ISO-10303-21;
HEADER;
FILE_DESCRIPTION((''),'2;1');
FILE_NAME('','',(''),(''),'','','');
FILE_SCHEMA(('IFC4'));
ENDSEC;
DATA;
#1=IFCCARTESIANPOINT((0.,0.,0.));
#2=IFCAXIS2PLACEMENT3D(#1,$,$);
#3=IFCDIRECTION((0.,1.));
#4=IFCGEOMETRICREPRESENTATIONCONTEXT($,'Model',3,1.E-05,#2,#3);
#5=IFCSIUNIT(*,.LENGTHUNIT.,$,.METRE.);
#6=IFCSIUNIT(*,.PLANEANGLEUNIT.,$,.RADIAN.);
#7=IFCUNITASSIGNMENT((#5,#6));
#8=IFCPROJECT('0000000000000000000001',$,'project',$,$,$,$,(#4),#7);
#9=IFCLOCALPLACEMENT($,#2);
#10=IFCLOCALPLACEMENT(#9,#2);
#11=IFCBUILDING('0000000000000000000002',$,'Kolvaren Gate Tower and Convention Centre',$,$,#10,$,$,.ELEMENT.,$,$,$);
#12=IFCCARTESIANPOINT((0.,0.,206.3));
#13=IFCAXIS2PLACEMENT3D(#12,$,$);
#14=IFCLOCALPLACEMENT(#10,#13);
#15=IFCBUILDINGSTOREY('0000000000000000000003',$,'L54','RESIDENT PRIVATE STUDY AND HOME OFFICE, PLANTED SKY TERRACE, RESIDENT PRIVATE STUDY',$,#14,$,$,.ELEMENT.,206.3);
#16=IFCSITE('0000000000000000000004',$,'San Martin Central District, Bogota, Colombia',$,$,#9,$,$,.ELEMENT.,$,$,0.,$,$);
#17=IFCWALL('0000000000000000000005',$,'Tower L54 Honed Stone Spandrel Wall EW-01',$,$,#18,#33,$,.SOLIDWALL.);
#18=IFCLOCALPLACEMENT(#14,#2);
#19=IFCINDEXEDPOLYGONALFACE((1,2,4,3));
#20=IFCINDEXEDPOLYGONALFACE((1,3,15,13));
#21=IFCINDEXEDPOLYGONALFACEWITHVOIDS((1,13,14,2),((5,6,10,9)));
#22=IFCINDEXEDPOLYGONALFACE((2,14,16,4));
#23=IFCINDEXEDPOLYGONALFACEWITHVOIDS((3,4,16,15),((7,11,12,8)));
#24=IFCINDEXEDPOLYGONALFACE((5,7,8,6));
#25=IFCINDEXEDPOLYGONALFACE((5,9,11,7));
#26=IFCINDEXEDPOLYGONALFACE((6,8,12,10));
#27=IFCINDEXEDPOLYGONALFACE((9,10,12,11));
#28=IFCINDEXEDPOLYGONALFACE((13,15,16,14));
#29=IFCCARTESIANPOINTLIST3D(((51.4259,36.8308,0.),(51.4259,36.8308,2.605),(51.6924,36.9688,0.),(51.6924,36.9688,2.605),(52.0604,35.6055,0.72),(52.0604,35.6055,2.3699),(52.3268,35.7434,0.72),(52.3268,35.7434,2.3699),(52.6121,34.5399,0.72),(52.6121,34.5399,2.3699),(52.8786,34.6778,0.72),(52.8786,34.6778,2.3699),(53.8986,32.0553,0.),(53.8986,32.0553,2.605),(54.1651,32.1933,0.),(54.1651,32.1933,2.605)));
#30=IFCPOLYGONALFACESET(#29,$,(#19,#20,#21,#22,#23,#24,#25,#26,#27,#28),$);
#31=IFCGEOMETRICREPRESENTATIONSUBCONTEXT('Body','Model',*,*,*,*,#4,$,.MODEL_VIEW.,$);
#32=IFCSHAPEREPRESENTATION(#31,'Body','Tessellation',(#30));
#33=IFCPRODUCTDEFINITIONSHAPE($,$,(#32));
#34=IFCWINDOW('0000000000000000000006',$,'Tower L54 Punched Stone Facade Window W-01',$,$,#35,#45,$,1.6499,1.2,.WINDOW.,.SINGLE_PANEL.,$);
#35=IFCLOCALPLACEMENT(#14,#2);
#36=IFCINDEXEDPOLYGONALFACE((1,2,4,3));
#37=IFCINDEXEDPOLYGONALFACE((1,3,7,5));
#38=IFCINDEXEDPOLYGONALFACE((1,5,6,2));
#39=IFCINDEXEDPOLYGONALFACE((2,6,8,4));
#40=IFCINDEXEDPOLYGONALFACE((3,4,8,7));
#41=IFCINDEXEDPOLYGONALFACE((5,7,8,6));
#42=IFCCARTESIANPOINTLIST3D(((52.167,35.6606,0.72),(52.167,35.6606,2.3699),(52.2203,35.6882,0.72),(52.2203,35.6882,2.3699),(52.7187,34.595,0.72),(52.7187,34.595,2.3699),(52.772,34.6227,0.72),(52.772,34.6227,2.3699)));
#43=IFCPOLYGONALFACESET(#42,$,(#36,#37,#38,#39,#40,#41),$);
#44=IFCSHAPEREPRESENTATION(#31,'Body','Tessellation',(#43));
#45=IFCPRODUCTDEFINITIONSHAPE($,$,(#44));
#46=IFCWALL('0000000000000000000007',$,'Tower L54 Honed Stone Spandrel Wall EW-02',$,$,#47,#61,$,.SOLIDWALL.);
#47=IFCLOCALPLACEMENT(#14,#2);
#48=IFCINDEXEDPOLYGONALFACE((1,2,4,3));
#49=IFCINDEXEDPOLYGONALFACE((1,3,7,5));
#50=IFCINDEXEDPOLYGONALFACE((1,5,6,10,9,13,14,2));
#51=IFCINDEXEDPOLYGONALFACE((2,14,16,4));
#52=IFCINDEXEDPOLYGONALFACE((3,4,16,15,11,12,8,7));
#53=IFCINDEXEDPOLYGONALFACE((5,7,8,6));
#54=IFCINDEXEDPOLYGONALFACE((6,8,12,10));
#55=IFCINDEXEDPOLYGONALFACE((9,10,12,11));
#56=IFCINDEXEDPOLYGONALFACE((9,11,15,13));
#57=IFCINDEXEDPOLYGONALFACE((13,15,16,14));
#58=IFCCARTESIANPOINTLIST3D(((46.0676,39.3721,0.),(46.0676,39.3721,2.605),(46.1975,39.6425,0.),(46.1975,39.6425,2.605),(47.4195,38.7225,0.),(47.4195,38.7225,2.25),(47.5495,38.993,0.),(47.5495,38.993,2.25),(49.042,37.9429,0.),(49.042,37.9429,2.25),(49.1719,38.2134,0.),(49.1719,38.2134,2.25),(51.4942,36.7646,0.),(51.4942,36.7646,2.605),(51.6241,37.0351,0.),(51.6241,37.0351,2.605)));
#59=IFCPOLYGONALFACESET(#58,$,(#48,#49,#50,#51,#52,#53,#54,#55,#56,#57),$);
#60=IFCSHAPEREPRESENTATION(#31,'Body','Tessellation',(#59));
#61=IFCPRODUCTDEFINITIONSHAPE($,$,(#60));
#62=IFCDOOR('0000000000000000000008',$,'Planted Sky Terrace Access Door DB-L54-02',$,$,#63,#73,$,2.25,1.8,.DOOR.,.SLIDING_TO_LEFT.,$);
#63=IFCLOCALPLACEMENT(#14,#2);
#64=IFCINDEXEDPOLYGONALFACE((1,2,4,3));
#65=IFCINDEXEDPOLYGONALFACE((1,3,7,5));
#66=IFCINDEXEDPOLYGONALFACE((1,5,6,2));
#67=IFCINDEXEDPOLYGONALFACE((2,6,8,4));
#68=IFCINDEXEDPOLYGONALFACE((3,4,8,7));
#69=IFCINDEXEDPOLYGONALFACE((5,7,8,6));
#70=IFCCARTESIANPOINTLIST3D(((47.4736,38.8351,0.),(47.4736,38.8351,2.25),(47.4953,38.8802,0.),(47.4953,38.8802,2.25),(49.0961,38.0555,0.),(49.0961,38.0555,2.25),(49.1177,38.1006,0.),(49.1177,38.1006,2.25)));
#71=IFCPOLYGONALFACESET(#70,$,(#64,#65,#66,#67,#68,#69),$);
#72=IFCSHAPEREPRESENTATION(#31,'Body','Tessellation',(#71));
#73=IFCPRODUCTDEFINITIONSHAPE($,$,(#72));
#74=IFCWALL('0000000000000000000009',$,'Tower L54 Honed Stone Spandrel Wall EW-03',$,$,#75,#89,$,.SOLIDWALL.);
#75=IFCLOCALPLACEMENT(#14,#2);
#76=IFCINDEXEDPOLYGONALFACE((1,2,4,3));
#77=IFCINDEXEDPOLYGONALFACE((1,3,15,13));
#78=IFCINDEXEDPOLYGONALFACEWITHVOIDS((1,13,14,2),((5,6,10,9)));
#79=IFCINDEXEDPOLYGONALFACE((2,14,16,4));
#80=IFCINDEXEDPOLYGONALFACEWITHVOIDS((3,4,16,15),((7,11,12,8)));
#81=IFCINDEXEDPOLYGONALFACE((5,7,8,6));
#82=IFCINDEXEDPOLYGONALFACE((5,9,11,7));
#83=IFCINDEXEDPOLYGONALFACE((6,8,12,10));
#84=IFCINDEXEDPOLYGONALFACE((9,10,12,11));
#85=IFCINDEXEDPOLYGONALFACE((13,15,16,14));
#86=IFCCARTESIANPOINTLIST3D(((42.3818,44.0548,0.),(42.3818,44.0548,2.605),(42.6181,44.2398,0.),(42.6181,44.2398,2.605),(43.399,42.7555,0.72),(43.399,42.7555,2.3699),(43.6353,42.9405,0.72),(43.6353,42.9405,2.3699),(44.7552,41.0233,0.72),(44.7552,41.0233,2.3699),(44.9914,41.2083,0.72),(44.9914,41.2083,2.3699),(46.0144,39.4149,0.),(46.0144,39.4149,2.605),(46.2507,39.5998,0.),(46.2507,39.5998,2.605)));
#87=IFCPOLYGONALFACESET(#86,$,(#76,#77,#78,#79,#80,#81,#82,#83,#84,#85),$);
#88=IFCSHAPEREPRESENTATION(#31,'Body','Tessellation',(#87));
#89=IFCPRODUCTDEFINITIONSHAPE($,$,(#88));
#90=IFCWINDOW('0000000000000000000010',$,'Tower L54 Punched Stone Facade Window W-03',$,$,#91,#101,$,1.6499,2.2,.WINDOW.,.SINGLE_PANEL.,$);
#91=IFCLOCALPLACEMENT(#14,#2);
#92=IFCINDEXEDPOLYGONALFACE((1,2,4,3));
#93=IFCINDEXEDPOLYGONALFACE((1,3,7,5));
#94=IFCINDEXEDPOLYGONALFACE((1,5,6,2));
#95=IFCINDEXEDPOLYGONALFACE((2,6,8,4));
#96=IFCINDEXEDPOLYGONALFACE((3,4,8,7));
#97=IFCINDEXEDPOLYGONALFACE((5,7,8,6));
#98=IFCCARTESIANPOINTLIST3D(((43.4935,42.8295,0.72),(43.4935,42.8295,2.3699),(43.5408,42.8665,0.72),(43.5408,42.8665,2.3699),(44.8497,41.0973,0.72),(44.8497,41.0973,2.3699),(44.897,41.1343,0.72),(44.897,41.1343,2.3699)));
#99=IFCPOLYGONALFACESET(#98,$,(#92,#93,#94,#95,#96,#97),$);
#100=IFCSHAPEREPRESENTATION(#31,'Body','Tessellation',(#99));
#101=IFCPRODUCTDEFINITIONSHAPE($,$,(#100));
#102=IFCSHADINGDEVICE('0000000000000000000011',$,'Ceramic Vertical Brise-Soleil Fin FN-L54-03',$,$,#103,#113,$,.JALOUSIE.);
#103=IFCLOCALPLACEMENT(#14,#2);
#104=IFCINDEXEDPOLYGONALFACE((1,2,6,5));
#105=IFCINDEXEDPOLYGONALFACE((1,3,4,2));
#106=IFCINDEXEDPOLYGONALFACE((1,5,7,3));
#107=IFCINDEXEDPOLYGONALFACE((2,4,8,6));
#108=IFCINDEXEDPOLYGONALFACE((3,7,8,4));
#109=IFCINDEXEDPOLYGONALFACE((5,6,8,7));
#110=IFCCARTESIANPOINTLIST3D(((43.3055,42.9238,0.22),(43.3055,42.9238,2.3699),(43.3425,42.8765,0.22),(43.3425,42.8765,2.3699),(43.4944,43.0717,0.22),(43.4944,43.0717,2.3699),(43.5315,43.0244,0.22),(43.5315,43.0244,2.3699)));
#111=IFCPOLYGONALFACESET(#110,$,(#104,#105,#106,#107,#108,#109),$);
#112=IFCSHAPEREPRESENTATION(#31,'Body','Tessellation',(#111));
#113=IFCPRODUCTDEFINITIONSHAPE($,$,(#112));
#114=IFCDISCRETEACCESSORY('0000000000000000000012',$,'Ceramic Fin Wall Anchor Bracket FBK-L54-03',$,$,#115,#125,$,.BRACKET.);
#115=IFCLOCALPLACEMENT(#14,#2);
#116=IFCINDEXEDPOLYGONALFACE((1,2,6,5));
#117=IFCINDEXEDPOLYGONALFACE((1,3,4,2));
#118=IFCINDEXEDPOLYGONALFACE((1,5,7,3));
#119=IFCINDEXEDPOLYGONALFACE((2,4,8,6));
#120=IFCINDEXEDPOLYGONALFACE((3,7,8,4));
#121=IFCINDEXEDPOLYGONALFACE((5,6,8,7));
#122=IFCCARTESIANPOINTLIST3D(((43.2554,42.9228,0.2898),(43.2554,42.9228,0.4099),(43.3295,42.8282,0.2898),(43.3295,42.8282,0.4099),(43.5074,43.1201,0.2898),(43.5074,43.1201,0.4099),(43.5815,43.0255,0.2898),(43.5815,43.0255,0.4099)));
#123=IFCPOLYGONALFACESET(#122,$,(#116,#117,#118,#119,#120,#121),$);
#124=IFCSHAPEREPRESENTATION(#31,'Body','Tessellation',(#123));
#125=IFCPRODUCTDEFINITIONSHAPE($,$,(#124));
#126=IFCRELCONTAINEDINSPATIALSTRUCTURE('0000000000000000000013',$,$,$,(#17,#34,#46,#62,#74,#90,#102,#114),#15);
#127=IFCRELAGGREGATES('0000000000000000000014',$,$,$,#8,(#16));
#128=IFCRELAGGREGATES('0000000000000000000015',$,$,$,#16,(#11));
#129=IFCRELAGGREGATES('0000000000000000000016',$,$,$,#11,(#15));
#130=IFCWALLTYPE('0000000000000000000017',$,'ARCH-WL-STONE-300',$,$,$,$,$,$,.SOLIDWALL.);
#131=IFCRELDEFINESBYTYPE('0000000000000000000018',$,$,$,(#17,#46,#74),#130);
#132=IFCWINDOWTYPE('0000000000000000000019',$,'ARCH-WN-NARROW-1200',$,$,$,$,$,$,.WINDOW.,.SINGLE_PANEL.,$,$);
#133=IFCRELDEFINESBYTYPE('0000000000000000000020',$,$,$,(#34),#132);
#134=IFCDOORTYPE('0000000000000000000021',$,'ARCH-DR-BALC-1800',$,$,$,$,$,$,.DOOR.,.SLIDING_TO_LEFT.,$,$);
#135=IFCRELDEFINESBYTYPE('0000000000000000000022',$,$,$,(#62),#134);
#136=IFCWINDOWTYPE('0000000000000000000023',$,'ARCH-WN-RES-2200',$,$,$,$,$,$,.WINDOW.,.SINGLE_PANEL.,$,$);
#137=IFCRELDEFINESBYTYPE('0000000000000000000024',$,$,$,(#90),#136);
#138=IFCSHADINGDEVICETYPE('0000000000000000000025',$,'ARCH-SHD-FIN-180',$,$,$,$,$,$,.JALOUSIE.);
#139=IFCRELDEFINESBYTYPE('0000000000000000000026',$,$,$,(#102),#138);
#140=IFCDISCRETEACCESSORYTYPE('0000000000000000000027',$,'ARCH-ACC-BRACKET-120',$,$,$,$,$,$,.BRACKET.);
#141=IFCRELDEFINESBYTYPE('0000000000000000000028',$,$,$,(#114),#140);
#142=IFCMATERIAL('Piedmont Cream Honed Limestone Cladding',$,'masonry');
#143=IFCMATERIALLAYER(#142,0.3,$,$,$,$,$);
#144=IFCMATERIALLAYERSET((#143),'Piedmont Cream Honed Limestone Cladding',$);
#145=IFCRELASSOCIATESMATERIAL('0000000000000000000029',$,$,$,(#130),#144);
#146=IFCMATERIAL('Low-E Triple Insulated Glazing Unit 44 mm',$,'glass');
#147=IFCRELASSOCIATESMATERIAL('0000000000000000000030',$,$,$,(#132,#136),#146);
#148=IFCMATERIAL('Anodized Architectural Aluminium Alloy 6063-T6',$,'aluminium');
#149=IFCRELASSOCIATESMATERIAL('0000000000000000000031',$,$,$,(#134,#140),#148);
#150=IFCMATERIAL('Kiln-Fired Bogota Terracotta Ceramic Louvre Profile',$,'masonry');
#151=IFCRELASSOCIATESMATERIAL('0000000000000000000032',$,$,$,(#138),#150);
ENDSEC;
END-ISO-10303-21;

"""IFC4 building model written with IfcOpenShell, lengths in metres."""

from ifc_helpers import new_model, si_unit, direction, frame, frame_2d, origin, origin_2d, place, context, subcontext, project, spatial, rectangle, extrude, material, layer, layer_set, type_object, element, fill, save


model = new_model("IFC4")

# Units and contexts
model_context = context("Model", 3, precision=1e-05, world=origin(), true_north=direction((0.0, 1.0)))
body_context = subcontext(model_context, "Body", "Model", "MODEL_VIEW")
ifc_project = project(units=[si_unit("LENGTHUNIT", "METRE"), si_unit("PLANEANGLEUNIT", "RADIAN")], contexts=[model_context])

# Site, building, storey
site_placement = place(None, origin())
site = spatial("IfcSite", under=ifc_project, at=site_placement, Name="San Martin Central District, Bogota, Colombia", CompositionType="ELEMENT", RefElevation=0.0)
building_placement = place(site_placement, origin())
building = spatial("IfcBuilding", under=site, at=building_placement, Name="Kolvaren Gate Tower and Convention Centre", CompositionType="ELEMENT")
storey_placement = place(building_placement, frame((0.0, 0.0, 206.3)))
storey = spatial("IfcBuildingStorey", under=building, at=storey_placement, Name="L54", Description="RESIDENT PRIVATE STUDY AND HOME OFFICE, PLANTED SKY TERRACE, RESIDENT PRIVATE STUDY", CompositionType="ELEMENT", Elevation=206.3)

# Shared definitions
ifc_material_1 = material(Name="Piedmont Cream Honed Limestone Cladding", Category="masonry")

# Wall, opening, window
ifc_layer_1 = layer(ifc_material_1, 0.3)
ifc_layer_set_1 = layer_set([ifc_layer_1], Name="Piedmont Cream Honed Limestone Cladding")
wall_type_1 = type_object("IfcWallType", Name="ARCH-WL-STONE-300", PredefinedType="SOLIDWALL", material=ifc_layer_set_1)
wall_1_placement = place(storey_placement, frame((51.5591, 36.8999, 0.0), z_axis=(0.0, 0.0, 1.0), x_axis=(0.459808, -0.888018, 0.0)))
wall_1 = element("IfcWall", 1, at=wall_1_placement, inside=storey, type_object=wall_type_1, Name="Tower L54 Honed Stone Spandrel Wall EW-01", PredefinedType="SOLIDWALL", context=body_context, shape_type="SweptSolid", body=[
    extrude(rectangle(XDim=5.3777, YDim=0.3, at=frame_2d((2.689, 0.0))), origin(), (0.0, 0.0, 1.0), 2.605),
])
opening_1_placement = place(wall_1_placement, frame((1.3799, 0.0, 0.72)))
opening_1 = element("IfcOpeningElement", 2, at=opening_1_placement, cuts=wall_1, PredefinedType="OPENING", context=body_context, shape_type="SweptSolid", body=[
    extrude(rectangle(XDim=1.2, YDim=1.6499, at=frame_2d((0.6001, 0.825))), frame((0.0, 0.1599, 0.0), z_axis=(0.0, -1.0, 0.0), x_axis=(1.0, 0.0, 0.0)), (0.0, 0.0, 1.0), 0.3201),
])
ifc_material_2 = material(Name="Low-E Triple Insulated Glazing Unit 44 mm", Category="glass")
window_type_1 = type_object("IfcWindowType", Name="ARCH-WN-NARROW-1200", PartitioningType="SINGLE_PANEL", PredefinedType="WINDOW", material=ifc_material_2)
window_1_placement = place(opening_1_placement, origin())
window_1 = element("IfcWindow", 3, at=window_1_placement, inside=storey, type_object=window_type_1, Name="Tower L54 Punched Stone Facade Window W-01", OverallHeight=1.6499, OverallWidth=1.2, PartitioningType="SINGLE_PANEL", PredefinedType="WINDOW", context=body_context, shape_type="SweptSolid", body=[
    extrude(rectangle(XDim=1.2, YDim=1.6499, at=frame_2d((0.6001, 0.825))), frame((0.0, 0.03, 0.0), z_axis=(0.0, -1.0, 0.0), x_axis=(1.0, 0.0, 0.0)), (0.0, 0.0, 1.0), 0.0601),
])
fill(opening_1, window_1)

# Wall, opening, door
wall_2_placement = place(storey_placement, frame((46.1326, 39.5073, 0.0), z_axis=(0.0, 0.0, 1.0), x_axis=(0.901348, -0.433095, 0.0)))
wall_2 = element("IfcWall", 4, at=wall_2_placement, inside=storey, type_object=wall_type_1, Name="Tower L54 Honed Stone Spandrel Wall EW-02", PredefinedType="SOLIDWALL", context=body_context, shape_type="SweptSolid", body=[
    extrude(rectangle(XDim=6.0205, YDim=0.3, at=frame_2d((3.0103, 0.0))), origin(), (0.0, 0.0, 1.0), 2.605),
])
opening_2_placement = place(wall_2_placement, frame((1.5, 0.0, 0.0)))
opening_2 = element("IfcOpeningElement", 5, at=opening_2_placement, cuts=wall_2, PredefinedType="OPENING", context=body_context, shape_type="SweptSolid", body=[
    extrude(rectangle(XDim=1.8, YDim=2.25, at=frame_2d((0.8999, 1.125))), frame((0.0, 0.1599, 0.0), z_axis=(0.0, -1.0, 0.0), x_axis=(1.0, 0.0, 0.0)), (0.0, 0.0, 1.0), 0.3201),
])
ifc_material_3 = material(Name="Anodized Architectural Aluminium Alloy 6063-T6", Category="aluminium")
door_type_1 = type_object("IfcDoorType", Name="ARCH-DR-BALC-1800", OperationType="SLIDING_TO_LEFT", PredefinedType="DOOR", material=ifc_material_3)
door_1_placement = place(opening_2_placement, origin())
door_1 = element("IfcDoor", 6, at=door_1_placement, inside=storey, type_object=door_type_1, Name="Planted Sky Terrace Access Door DB-L54-02", OperationType="SLIDING_TO_LEFT", OverallHeight=2.25, OverallWidth=1.8, PredefinedType="DOOR", context=body_context, shape_type="SweptSolid", body=[
    extrude(rectangle(XDim=1.8, YDim=2.25, at=frame_2d((0.8999, 1.125))), frame((0.0, 0.0249, 0.0), z_axis=(0.0, -1.0, 0.0), x_axis=(1.0, 0.0, 0.0)), (0.0, 0.0, 1.0), 0.05),
])
fill(opening_2, door_1)

# Wall, opening, window
wall_3_placement = place(storey_placement, frame((42.5, 44.1472, 0.0), z_axis=(0.0, 0.0, 1.0), x_axis=(0.61645, -0.787394, 0.0)))
wall_3 = element("IfcWall", 7, at=wall_3_placement, inside=storey, type_object=wall_type_1, Name="Tower L54 Honed Stone Spandrel Wall EW-03", PredefinedType="SOLIDWALL", context=body_context, shape_type="SweptSolid", body=[
    extrude(rectangle(XDim=5.8928, YDim=0.3, at=frame_2d((2.9463, 0.0))), origin(), (0.0, 0.0, 1.0), 2.605),
])
opening_3_placement = place(wall_3_placement, frame((1.6499, 0.0, 0.72)))
opening_3 = element("IfcOpeningElement", 8, at=opening_3_placement, cuts=wall_3, PredefinedType="OPENING", context=body_context, shape_type="SweptSolid", body=[
    extrude(rectangle(XDim=2.2, YDim=1.6499, at=frame_2d((1.1001, 0.825))), frame((0.0, 0.1599, 0.0), z_axis=(0.0, -1.0, 0.0), x_axis=(1.0, 0.0, 0.0)), (0.0, 0.0, 1.0), 0.3201),
])
window_type_2 = type_object("IfcWindowType", Name="ARCH-WN-RES-2200", PartitioningType="SINGLE_PANEL", PredefinedType="WINDOW", material=ifc_material_2)
window_2_placement = place(opening_3_placement, origin())
window_2 = element("IfcWindow", 9, at=window_2_placement, inside=storey, type_object=window_type_2, Name="Tower L54 Punched Stone Facade Window W-03", OverallHeight=1.6499, OverallWidth=2.2, PartitioningType="SINGLE_PANEL", PredefinedType="WINDOW", context=body_context, shape_type="SweptSolid", body=[
    extrude(rectangle(XDim=2.2, YDim=1.6499, at=frame_2d((1.1001, 0.825))), frame((0.0, 0.03, 0.0), z_axis=(0.0, -1.0, 0.0), x_axis=(1.0, 0.0, 0.0)), (0.0, 0.0, 1.0), 0.0601),
])
fill(opening_3, window_2)

# Shading device
ifc_material_4 = material(Name="Kiln-Fired Bogota Terracotta Ceramic Louvre Profile", Category="masonry")
shading_device_type = type_object("IfcShadingDeviceType", Name="ARCH-SHD-FIN-180", PredefinedType="JALOUSIE", material=ifc_material_4)
shading_device_placement = place(storey_placement, frame((43.4185, 42.9741, 0.22), z_axis=(0.0, 0.0, 1.0), x_axis=(0.616434, -0.787406, 0.0)))
element("IfcShadingDevice", 10, at=shading_device_placement, inside=storey, type_object=shading_device_type, Name="Ceramic Vertical Brise-Soleil Fin FN-L54-03", PredefinedType="JALOUSIE", context=body_context, shape_type="SweptSolid", body=[
    extrude(rectangle(XDim=0.0601, YDim=0.24, at=origin_2d()), origin(), (0.0, 0.0, 1.0), 2.1499),
])

# Discrete accessory
discrete_accessory_type = type_object("IfcDiscreteAccessoryType", Name="ARCH-ACC-BRACKET-120", PredefinedType="BRACKET", material=ifc_material_3)
discrete_accessory_placement = place(storey_placement, frame((43.4185, 42.9741, 0.2898), z_axis=(0.0, 0.0, 1.0), x_axis=(0.616434, -0.787406, 0.0)))
element("IfcDiscreteAccessory", 11, at=discrete_accessory_placement, inside=storey, type_object=discrete_accessory_type, Name="Ceramic Fin Wall Anchor Bracket FBK-L54-03", PredefinedType="BRACKET", context=body_context, shape_type="SweptSolid", body=[
    extrude(rectangle(XDim=0.1201, YDim=0.3201, at=origin_2d()), origin(), (0.0, 0.0, 1.0), 0.1201),
])

save(model, "model.ifc")
